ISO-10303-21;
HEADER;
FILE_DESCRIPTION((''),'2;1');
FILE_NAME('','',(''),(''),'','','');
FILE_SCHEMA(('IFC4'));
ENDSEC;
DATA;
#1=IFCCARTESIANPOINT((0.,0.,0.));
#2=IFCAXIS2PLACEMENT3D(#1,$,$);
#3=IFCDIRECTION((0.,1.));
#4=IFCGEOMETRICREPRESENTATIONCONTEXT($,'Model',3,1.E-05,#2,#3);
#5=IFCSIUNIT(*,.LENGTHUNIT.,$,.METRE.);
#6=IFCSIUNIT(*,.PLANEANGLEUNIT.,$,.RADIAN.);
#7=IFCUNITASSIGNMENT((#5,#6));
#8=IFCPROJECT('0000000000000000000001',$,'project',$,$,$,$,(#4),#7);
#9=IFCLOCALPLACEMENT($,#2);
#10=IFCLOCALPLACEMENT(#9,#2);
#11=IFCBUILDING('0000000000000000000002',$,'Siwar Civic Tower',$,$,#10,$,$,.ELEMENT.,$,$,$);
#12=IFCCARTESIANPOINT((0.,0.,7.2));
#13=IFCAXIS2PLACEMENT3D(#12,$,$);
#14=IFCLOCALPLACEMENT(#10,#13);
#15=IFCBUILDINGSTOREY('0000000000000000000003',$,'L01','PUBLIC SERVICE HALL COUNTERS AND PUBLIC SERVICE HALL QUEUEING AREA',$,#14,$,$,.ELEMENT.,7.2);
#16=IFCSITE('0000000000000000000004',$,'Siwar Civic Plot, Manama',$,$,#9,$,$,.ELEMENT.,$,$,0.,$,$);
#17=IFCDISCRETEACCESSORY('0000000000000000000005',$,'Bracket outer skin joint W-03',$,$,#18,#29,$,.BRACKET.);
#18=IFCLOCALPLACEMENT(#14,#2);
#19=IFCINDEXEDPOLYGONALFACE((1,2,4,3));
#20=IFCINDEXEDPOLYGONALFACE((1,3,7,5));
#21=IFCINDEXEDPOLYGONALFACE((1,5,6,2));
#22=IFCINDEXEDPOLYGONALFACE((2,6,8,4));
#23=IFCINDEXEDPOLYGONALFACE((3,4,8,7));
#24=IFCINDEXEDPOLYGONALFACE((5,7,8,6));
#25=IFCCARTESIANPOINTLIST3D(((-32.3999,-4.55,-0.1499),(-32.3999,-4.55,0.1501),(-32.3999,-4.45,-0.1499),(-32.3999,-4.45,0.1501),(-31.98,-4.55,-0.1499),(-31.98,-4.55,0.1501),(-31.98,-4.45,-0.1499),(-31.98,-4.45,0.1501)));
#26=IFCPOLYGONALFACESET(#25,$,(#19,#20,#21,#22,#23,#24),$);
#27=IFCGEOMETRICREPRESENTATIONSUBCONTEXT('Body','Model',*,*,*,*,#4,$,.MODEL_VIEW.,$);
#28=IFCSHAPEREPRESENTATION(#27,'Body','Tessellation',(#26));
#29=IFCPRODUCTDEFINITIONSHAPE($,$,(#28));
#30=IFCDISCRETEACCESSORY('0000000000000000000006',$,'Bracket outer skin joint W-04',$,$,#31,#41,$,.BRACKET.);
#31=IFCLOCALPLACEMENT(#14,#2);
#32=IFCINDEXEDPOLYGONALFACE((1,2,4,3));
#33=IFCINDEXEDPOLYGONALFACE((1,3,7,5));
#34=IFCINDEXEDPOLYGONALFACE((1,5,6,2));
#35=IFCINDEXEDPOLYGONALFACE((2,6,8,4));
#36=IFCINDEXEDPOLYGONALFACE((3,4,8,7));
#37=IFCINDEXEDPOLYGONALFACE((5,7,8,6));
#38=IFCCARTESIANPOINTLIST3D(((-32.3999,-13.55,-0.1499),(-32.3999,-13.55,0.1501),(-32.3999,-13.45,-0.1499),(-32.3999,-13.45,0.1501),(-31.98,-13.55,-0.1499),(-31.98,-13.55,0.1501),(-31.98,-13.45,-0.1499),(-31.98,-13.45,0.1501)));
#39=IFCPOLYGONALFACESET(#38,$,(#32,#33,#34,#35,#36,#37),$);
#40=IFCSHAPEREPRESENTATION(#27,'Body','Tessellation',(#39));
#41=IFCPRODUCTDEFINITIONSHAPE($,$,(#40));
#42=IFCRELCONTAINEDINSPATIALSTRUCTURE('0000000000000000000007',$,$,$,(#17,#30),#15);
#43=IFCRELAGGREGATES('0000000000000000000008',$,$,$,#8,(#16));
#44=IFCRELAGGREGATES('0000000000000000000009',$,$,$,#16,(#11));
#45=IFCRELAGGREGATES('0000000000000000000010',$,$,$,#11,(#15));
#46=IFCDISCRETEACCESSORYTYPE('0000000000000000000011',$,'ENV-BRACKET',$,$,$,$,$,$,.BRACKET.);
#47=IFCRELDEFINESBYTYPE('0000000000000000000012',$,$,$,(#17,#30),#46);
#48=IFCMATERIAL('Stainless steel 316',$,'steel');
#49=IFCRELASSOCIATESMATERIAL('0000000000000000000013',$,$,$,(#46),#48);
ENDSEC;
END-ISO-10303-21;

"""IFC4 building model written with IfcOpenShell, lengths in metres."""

from ifc_helpers import new_model, si_unit, direction, frame, origin, origin_2d, place, context, subcontext, project, spatial, rectangle, extrude, material, type_object, element, save


model = new_model("IFC4")

# Units and contexts
model_context = context("Model", 3, precision=1e-05, world=origin(), true_north=direction((0.0, 1.0)))
body_context = subcontext(model_context, "Body", "Model", "MODEL_VIEW")
ifc_project = project(units=[si_unit("LENGTHUNIT", "METRE"), si_unit("PLANEANGLEUNIT", "RADIAN")], contexts=[model_context])

# Site, building, storey
site_placement = place(None, origin())
site = spatial("IfcSite", under=ifc_project, at=site_placement, Name="Siwar Civic Plot, Manama", CompositionType="ELEMENT", RefElevation=0.0)
building_placement = place(site_placement, origin())
building = spatial("IfcBuilding", under=site, at=building_placement, Name="Siwar Civic Tower", CompositionType="ELEMENT")
storey_placement = place(building_placement, frame((0.0, 0.0, 7.2)))
storey = spatial("IfcBuildingStorey", under=building, at=storey_placement, Name="L01", Description="PUBLIC SERVICE HALL COUNTERS AND PUBLIC SERVICE HALL QUEUEING AREA", CompositionType="ELEMENT", Elevation=7.2)

# Discrete accessories
ifc_material_1 = material(Name="Stainless steel 316", Category="steel")
discrete_accessory_type = type_object("IfcDiscreteAccessoryType", Name="ENV-BRACKET", PredefinedType="BRACKET", material=ifc_material_1)
for number, where, z_axis, x_axis, name in (
    (1, (-32.1899, -4.5, -0.1499), (0.0, 0.0, 1.0), (-1.0, 0.0, 0.0), "Bracket outer skin joint W-03"),
    (2, (-32.1899, -13.5, -0.1499), (0.0, 0.0, 1.0), (-1.0, 0.0, 0.0), "Bracket outer skin joint W-04"),
):
    element("IfcDiscreteAccessory", number, at=place(storey_placement, frame(where, z_axis=z_axis, x_axis=x_axis)), inside=storey, type_object=discrete_accessory_type, Name=name, PredefinedType="BRACKET", context=body_context, shape_type="SweptSolid", body=[
        extrude(rectangle(XDim=0.4199, YDim=0.1001, at=origin_2d()), origin(), (0.0, 0.0, 1.0), 0.3),
    ])

save(model, "model.ifc")
